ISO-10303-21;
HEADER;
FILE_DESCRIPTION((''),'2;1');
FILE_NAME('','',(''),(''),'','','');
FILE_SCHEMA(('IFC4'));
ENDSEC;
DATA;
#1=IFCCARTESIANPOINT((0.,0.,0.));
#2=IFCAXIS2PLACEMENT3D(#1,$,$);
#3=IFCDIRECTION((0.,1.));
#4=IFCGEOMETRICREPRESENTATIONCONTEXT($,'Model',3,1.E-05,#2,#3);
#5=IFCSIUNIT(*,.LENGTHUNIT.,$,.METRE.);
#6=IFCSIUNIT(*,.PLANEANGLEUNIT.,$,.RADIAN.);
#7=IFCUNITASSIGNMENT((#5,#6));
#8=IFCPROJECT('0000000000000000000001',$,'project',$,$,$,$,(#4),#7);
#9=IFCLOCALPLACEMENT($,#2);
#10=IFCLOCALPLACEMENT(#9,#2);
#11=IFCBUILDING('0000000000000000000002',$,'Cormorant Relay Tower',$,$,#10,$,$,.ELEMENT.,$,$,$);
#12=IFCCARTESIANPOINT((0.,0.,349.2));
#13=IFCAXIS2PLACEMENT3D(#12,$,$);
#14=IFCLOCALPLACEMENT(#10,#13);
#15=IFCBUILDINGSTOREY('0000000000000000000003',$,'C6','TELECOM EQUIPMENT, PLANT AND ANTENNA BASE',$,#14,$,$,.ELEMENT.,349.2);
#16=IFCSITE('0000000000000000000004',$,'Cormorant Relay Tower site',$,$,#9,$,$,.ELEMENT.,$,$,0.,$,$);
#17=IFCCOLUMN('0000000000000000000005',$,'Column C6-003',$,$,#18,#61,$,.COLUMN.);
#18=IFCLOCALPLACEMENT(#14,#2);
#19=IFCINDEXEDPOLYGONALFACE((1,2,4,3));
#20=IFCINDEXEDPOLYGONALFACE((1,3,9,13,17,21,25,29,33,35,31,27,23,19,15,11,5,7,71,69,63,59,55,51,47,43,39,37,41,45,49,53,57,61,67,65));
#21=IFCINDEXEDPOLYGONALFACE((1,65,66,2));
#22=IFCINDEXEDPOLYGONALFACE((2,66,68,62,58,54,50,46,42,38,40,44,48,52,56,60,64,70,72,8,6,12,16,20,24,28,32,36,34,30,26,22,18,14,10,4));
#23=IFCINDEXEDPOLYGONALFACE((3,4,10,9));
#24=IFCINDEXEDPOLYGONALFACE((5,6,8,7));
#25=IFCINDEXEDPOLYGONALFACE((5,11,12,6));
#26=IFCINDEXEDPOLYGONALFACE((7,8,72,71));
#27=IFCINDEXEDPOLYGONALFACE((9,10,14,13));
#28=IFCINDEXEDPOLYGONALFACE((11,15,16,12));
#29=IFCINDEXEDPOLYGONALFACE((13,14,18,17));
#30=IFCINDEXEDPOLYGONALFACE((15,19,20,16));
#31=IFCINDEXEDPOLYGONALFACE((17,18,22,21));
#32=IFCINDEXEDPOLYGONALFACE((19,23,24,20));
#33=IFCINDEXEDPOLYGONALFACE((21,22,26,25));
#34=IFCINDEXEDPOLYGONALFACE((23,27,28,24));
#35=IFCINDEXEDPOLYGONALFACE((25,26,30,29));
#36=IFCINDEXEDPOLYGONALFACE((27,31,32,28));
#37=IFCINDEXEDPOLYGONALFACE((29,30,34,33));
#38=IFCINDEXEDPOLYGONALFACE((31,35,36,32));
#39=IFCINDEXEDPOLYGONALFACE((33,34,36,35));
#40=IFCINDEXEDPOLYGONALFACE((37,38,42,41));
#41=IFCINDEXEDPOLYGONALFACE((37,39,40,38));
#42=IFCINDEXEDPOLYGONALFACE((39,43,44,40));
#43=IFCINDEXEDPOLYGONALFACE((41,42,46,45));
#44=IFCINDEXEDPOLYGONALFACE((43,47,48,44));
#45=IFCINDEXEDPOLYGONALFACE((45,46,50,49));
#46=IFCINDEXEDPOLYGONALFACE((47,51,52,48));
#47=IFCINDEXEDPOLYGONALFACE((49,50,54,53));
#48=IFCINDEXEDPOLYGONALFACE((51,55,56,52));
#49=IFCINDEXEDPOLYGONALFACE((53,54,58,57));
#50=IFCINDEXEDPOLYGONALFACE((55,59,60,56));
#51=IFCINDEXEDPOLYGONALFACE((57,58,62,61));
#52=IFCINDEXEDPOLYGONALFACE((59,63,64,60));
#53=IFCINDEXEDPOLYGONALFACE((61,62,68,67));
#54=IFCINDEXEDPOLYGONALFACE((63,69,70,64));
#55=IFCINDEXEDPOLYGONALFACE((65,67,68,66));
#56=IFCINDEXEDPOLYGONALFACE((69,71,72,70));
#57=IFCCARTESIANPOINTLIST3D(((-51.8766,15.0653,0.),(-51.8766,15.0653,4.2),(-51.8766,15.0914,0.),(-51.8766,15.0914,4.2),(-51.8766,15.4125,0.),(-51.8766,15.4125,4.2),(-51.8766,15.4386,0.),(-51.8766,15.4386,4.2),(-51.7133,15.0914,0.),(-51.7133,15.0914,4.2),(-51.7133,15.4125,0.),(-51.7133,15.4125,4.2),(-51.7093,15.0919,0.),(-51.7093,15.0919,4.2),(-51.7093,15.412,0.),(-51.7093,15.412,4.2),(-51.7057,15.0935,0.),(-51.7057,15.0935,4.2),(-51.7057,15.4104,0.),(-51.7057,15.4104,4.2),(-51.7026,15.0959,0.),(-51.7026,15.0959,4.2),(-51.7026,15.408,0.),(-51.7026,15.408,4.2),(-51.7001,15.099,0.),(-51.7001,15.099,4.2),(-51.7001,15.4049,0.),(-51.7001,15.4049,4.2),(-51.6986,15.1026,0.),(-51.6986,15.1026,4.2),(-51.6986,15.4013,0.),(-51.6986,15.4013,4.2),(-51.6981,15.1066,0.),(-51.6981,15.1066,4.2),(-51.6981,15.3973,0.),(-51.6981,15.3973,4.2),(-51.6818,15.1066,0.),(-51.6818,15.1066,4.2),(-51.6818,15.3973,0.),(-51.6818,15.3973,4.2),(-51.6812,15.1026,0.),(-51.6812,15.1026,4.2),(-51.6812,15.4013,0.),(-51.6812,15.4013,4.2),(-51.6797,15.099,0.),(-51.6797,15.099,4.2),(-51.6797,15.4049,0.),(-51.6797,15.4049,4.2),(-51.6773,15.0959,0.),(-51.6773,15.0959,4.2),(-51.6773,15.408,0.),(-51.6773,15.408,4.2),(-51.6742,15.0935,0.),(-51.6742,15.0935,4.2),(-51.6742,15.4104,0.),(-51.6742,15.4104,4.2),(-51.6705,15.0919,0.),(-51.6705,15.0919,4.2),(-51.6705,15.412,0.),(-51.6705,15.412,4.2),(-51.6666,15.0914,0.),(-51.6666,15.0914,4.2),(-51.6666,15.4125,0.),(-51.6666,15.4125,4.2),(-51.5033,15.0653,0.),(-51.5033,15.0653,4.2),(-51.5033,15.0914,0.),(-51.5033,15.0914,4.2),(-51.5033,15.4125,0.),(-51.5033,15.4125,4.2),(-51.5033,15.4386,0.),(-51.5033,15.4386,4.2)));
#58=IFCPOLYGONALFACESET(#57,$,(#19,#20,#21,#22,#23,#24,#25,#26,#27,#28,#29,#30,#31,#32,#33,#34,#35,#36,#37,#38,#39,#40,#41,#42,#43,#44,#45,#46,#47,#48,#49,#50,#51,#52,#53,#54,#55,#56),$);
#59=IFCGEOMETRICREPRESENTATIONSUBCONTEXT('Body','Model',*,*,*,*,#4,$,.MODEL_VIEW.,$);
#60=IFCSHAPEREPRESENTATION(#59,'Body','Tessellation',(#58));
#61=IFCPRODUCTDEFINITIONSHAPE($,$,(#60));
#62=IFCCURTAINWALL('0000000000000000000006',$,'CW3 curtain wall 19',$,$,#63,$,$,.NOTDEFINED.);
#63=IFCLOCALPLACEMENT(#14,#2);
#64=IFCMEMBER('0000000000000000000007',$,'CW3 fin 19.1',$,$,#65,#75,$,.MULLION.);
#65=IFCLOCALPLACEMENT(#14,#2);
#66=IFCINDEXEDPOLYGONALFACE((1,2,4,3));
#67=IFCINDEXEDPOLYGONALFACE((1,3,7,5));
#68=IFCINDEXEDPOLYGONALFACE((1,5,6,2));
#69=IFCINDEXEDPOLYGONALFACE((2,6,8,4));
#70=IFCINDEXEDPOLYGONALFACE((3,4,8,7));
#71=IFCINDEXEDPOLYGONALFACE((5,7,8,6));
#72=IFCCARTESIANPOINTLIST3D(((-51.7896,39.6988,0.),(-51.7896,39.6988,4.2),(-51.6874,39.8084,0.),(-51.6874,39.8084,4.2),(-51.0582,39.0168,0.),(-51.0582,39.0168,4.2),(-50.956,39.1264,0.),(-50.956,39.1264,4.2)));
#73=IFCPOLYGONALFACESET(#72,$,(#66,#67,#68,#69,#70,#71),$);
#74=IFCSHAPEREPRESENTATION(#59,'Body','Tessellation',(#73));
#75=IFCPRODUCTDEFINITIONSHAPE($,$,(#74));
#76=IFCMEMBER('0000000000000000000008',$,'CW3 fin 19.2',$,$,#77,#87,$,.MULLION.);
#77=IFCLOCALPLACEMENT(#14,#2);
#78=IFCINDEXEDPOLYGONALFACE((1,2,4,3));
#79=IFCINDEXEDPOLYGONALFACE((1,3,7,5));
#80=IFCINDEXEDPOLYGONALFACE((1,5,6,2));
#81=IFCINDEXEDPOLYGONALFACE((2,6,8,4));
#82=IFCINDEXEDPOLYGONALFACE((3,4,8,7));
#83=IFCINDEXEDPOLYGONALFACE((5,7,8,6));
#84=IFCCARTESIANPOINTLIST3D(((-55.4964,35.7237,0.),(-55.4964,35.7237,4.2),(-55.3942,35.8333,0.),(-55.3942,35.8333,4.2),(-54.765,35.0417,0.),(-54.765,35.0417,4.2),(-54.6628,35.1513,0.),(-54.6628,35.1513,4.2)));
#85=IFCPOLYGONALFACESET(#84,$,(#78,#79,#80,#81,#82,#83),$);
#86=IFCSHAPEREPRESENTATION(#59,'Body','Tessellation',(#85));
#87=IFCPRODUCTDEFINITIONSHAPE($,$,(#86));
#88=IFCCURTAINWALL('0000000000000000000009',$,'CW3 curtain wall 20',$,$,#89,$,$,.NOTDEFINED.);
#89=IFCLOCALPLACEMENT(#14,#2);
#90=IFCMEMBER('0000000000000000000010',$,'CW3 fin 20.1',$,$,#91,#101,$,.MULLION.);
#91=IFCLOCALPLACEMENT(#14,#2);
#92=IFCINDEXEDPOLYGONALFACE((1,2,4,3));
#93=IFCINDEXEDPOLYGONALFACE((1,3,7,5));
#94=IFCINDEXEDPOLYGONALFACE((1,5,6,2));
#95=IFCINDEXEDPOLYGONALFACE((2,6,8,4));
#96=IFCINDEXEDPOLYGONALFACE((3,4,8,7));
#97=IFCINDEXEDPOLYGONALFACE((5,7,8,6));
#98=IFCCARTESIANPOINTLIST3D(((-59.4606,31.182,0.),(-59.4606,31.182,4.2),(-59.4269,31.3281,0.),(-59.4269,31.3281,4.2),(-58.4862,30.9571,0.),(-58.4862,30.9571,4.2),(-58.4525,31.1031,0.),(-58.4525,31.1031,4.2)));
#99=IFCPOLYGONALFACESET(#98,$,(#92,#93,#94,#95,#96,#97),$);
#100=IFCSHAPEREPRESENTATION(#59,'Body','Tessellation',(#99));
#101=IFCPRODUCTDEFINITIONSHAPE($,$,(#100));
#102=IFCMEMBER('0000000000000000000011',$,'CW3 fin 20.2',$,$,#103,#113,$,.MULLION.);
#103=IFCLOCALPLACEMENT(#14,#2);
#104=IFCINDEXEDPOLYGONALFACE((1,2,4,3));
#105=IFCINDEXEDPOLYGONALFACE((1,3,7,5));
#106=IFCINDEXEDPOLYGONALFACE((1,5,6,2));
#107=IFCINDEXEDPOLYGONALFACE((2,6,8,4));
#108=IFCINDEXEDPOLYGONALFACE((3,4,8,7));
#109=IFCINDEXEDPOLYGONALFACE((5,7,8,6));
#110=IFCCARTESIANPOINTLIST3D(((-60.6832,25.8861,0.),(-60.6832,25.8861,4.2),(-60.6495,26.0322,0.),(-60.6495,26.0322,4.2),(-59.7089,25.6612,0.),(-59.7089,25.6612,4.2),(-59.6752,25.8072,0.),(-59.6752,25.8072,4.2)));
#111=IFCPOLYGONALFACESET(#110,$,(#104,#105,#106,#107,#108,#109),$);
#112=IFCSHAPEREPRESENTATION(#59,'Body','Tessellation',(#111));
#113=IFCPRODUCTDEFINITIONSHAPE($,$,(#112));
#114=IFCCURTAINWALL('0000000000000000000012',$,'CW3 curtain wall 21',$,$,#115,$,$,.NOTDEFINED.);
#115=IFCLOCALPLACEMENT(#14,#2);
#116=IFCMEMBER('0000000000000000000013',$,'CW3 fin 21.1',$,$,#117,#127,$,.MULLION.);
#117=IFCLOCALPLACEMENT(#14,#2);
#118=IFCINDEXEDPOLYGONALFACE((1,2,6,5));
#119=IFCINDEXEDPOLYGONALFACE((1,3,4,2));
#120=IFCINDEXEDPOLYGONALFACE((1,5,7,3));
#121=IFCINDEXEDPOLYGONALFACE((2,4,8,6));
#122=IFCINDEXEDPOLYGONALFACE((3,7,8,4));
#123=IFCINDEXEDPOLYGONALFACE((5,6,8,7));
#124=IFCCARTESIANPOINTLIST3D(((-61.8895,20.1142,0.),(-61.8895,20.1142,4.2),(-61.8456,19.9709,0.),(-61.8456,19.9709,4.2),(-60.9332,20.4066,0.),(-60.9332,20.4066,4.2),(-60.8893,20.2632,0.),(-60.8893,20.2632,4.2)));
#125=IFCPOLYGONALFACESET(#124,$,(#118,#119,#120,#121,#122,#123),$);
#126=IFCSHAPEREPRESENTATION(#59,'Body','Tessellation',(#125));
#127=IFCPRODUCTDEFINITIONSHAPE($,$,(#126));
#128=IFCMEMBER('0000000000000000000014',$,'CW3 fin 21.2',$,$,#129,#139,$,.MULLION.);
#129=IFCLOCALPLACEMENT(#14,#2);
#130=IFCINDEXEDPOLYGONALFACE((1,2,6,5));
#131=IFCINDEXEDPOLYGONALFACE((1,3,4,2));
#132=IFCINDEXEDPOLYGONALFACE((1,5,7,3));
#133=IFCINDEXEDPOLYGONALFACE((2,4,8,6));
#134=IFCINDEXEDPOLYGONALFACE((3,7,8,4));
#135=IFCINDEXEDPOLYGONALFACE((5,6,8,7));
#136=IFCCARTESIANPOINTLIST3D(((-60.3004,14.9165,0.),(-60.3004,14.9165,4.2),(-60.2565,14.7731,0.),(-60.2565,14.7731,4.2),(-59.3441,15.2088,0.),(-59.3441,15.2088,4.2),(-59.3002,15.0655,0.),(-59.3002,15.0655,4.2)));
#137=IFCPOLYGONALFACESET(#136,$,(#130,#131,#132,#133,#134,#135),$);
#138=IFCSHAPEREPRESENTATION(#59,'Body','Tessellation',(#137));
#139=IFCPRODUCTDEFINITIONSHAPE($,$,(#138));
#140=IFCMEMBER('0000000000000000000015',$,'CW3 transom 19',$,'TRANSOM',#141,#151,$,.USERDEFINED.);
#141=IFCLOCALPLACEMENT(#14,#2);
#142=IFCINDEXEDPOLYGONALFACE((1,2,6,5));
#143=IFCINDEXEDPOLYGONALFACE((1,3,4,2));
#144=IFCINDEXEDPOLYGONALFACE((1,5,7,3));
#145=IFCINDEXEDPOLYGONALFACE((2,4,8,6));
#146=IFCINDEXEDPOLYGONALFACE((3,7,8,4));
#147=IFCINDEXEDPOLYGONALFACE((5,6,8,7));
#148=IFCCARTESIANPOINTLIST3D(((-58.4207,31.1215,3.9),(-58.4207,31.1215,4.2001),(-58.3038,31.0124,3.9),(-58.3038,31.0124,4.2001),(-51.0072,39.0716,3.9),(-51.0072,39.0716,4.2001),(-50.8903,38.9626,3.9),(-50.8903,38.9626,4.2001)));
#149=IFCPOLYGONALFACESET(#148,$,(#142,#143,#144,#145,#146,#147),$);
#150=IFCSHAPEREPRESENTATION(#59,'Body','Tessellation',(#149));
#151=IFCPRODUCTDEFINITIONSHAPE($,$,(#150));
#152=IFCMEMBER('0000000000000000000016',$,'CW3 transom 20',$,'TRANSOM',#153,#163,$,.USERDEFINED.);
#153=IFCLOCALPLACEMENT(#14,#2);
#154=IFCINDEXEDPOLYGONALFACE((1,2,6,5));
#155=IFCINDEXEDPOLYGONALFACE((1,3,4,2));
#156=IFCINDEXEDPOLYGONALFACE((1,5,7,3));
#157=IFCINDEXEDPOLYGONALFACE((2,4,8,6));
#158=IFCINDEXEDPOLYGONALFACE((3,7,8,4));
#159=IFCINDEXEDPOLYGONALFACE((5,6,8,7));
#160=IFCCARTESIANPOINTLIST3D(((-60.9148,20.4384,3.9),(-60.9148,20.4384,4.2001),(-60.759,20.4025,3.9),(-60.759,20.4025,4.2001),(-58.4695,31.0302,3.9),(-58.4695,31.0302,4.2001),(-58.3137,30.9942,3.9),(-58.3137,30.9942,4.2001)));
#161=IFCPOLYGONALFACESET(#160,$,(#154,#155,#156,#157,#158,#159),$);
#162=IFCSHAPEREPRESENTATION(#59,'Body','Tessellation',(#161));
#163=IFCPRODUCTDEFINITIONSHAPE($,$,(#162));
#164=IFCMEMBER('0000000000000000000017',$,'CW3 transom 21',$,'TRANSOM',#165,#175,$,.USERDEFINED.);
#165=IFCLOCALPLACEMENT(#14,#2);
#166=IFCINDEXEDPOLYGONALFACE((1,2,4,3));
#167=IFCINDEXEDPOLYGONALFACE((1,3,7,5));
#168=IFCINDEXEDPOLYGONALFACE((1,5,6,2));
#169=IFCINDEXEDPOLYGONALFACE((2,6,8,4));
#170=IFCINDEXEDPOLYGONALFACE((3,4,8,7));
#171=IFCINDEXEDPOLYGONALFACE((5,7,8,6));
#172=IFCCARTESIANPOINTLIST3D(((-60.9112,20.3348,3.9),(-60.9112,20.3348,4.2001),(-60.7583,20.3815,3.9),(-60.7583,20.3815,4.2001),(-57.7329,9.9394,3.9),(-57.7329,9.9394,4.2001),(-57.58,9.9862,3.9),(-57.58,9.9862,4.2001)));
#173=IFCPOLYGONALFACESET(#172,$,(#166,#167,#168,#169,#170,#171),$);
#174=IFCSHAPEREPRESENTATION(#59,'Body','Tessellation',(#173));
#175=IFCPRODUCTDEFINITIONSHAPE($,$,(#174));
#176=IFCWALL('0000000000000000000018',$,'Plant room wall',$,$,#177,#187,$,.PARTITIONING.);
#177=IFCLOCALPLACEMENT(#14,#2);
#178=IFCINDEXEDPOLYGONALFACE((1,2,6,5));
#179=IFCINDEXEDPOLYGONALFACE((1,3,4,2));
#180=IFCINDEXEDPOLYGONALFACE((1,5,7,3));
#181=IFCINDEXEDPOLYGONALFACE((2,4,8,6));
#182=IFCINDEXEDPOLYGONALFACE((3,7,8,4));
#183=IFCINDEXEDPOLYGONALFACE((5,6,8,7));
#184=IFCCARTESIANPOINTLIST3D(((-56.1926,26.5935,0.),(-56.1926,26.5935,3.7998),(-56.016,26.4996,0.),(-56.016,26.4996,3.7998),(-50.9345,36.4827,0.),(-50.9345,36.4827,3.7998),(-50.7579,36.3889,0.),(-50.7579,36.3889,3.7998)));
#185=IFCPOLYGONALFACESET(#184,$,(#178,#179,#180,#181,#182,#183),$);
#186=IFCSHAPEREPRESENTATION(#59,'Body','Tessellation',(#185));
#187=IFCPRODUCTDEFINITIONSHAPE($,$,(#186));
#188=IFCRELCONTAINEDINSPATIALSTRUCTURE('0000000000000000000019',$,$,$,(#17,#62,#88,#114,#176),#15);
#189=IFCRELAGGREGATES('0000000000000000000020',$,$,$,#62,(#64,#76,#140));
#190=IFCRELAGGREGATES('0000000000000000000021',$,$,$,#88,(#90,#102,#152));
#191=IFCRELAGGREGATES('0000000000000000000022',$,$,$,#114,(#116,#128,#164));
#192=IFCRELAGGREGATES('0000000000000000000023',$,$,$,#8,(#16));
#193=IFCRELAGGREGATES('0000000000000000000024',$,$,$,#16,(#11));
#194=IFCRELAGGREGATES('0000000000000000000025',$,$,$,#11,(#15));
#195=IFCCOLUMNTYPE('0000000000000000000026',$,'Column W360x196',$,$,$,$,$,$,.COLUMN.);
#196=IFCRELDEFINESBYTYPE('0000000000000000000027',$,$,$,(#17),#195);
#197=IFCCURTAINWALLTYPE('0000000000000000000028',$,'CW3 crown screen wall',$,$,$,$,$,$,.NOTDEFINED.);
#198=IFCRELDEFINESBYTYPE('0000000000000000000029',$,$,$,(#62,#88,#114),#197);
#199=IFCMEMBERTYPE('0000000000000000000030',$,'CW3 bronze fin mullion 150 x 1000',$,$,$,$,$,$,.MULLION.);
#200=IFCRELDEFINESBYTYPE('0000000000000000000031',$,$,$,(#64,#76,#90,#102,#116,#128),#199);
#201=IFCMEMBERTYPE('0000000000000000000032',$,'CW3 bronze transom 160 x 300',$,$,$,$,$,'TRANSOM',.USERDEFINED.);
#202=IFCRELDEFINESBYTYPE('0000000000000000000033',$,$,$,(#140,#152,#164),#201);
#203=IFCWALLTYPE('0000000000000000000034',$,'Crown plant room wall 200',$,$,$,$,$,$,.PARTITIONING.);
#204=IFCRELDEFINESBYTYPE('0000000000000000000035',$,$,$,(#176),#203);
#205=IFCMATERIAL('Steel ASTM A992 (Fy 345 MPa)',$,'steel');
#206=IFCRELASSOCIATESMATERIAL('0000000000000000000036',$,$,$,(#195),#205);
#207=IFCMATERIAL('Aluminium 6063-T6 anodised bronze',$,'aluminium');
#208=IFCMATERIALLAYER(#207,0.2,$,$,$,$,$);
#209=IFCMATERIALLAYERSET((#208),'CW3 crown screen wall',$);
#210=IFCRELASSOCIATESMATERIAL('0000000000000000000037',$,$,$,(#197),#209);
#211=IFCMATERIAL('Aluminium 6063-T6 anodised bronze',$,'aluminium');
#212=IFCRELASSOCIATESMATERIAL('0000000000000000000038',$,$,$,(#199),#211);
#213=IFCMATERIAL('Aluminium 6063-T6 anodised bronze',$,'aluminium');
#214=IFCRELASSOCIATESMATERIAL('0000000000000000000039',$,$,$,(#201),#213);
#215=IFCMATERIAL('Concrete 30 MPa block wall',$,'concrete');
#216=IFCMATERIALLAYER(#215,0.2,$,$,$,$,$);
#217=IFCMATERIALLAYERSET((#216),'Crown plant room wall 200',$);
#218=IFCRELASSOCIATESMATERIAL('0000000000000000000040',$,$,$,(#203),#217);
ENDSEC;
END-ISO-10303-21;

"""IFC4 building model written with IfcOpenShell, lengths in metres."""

from ifc_helpers import new_model, si_unit, direction, frame, frame_2d, origin, origin_2d, place, context, subcontext, project, spatial, rectangle, i_section, extrude, material, layer, layer_set, material_profile, profile_set, type_object, element, aggregate, save


model = new_model("IFC4")

# Units and contexts
model_context = context("Model", 3, precision=1e-05, world=origin(), true_north=direction((0.0, 1.0)))
body_context = subcontext(model_context, "Body", "Model", "MODEL_VIEW")
ifc_project = project(units=[si_unit("LENGTHUNIT", "METRE"), si_unit("PLANEANGLEUNIT", "RADIAN")], contexts=[model_context])

# Site, building, storey
site_placement = place(None, origin())
site = spatial("IfcSite", under=ifc_project, at=site_placement, Name="Cormorant Relay Tower site", CompositionType="ELEMENT", RefElevation=0.0)
building_placement = place(site_placement, origin())
building = spatial("IfcBuilding", under=site, at=building_placement, Name="Cormorant Relay Tower", CompositionType="ELEMENT")
storey_placement = place(building_placement, frame((0.0, 0.0, 349.2)))
storey = spatial("IfcBuildingStorey", under=building, at=storey_placement, Name="C6", Description="TELECOM EQUIPMENT, PLANT AND ANTENNA BASE", CompositionType="ELEMENT", Elevation=349.2)

# Column
ifc_material_1 = material(Name="Steel ASTM A992 (Fy 345 MPa)", Category="steel")
ifc_material_profile_1 = material_profile(ifc_material_1, i_section(OverallWidth=0.3733, OverallDepth=0.3733, WebThickness=0.0164, FlangeThickness=0.0261, FilletRadius=0.0151, at=origin_2d()), Name="W360x196")
ifc_profile_set_1 = profile_set([ifc_material_profile_1], Name="Steel ASTM A992 (Fy 345 MPa)")
column_type = type_object("IfcColumnType", Name="Column W360x196", PredefinedType="COLUMN", material=ifc_profile_set_1)
column_placement = place(storey_placement, frame((-51.6899, 15.252, 0.0), z_axis=(0.0, 0.0, 1.0), x_axis=(1.0, 0.0, 0.0)))
element("IfcColumn", 1, at=column_placement, inside=storey, type_object=column_type, Name="Column C6-003", PredefinedType="COLUMN", context=body_context, shape_type="SweptSolid", body=[
    extrude(i_section(OverallWidth=0.3733, OverallDepth=0.3733, WebThickness=0.0164, FlangeThickness=0.0261, FilletRadius=0.0151, at=origin_2d()), origin(), (0.0, 0.0, 1.0), 4.2),
])

# Curtain walls, members
ifc_material_2 = material(Name="Aluminium 6063-T6 anodised bronze", Category="aluminium")
ifc_layer_1 = layer(ifc_material_2, 0.2)
ifc_layer_set_1 = layer_set([ifc_layer_1], Name="CW3 crown screen wall")
curtain_wall_type = type_object("IfcCurtainWallType", Name="CW3 crown screen wall", PredefinedType="NOTDEFINED", material=ifc_layer_set_1)
curtain_wall_1_placement = place(storey_placement, origin())
curtain_wall_1 = element("IfcCurtainWall", 2, at=curtain_wall_1_placement, inside=storey, type_object=curtain_wall_type, Name="CW3 curtain wall 19", PredefinedType="NOTDEFINED")
ifc_material_3 = material(Name="Aluminium 6063-T6 anodised bronze", Category="aluminium")
ifc_material_profile_2 = material_profile(ifc_material_3, rectangle(XDim=0.1499, YDim=1.0, at=origin_2d()), Name="AL 150x1000")
ifc_profile_set_2 = profile_set([ifc_material_profile_2], Name="Aluminium 6063-T6 anodised bronze")
member_type_1 = type_object("IfcMemberType", Name="CW3 bronze fin mullion 150 x 1000", PredefinedType="MULLION", material=ifc_profile_set_2)
member_1_placement = place(storey_placement, frame((-51.3728, 39.4126, 0.0), z_axis=(0.0, 0.0, 1.0), x_axis=(-0.681998, -0.731354, 0.0)))
member_1 = element("IfcMember", 3, at=member_1_placement, type_object=member_type_1, Name="CW3 fin 19.1", PredefinedType="MULLION", context=body_context, shape_type="SweptSolid", body=[
    extrude(rectangle(XDim=0.1499, YDim=1.0, at=origin_2d()), origin(), (0.0, 0.0, 1.0), 4.2),
])
member_2_placement = place(storey_placement, frame((-55.0796, 35.4375, 0.0), z_axis=(0.0, 0.0, 1.0), x_axis=(-0.681998, -0.731354, 0.0)))
member_2 = element("IfcMember", 4, at=member_2_placement, type_object=member_type_1, Name="CW3 fin 19.2", PredefinedType="MULLION", context=body_context, shape_type="SweptSolid", body=[
    extrude(rectangle(XDim=0.1499, YDim=1.0, at=origin_2d()), origin(), (0.0, 0.0, 1.0), 4.2),
])
curtain_wall_2_placement = place(storey_placement, origin())
curtain_wall_2 = element("IfcCurtainWall", 5, at=curtain_wall_2_placement, inside=storey, type_object=curtain_wall_type, Name="CW3 curtain wall 20", PredefinedType="NOTDEFINED")
member_3_placement = place(storey_placement, frame((-58.9565, 31.1426, 0.0), z_axis=(0.0, 0.0, 1.0), x_axis=(-0.224951, -0.97437, 0.0)))
member_3 = element("IfcMember", 6, at=member_3_placement, type_object=member_type_1, Name="CW3 fin 20.1", PredefinedType="MULLION", context=body_context, shape_type="SweptSolid", body=[
    extrude(rectangle(XDim=0.1499, YDim=1.0, at=origin_2d()), origin(), (0.0, 0.0, 1.0), 4.2),
])
member_4_placement = place(storey_placement, frame((-60.1792, 25.8467, 0.0), z_axis=(0.0, 0.0, 1.0), x_axis=(-0.224951, -0.97437, 0.0)))
member_4 = element("IfcMember", 7, at=member_4_placement, type_object=member_type_1, Name="CW3 fin 20.2", PredefinedType="MULLION", context=body_context, shape_type="SweptSolid", body=[
    extrude(rectangle(XDim=0.1499, YDim=1.0, at=origin_2d()), origin(), (0.0, 0.0, 1.0), 4.2),
])
curtain_wall_3_placement = place(storey_placement, origin())
curtain_wall_3 = element("IfcCurtainWall", 8, at=curtain_wall_3_placement, inside=storey, type_object=curtain_wall_type, Name="CW3 curtain wall 21", PredefinedType="NOTDEFINED")
member_5_placement = place(storey_placement, frame((-61.3894, 20.1887, 0.0), z_axis=(0.0, 0.0, 1.0), x_axis=(0.292372, -0.956305, 0.0)))
member_5 = element("IfcMember", 9, at=member_5_placement, type_object=member_type_1, Name="CW3 fin 21.1", PredefinedType="MULLION", context=body_context, shape_type="SweptSolid", body=[
    extrude(rectangle(XDim=0.1499, YDim=1.0, at=origin_2d()), origin(), (0.0, 0.0, 1.0), 4.2),
])
member_6_placement = place(storey_placement, frame((-59.8003, 14.991, 0.0), z_axis=(0.0, 0.0, 1.0), x_axis=(0.292372, -0.956305, 0.0)))
member_6 = element("IfcMember", 10, at=member_6_placement, type_object=member_type_1, Name="CW3 fin 21.2", PredefinedType="MULLION", context=body_context, shape_type="SweptSolid", body=[
    extrude(rectangle(XDim=0.1499, YDim=1.0, at=origin_2d()), origin(), (0.0, 0.0, 1.0), 4.2),
])

# Members
ifc_material_4 = material(Name="Aluminium 6063-T6 anodised bronze", Category="aluminium")
ifc_material_profile_3 = material_profile(ifc_material_4, rectangle(XDim=0.1599, YDim=0.3, at=origin_2d()), Name="AL 160x300")
ifc_profile_set_3 = profile_set([ifc_material_profile_3], Name="Aluminium 6063-T6 anodised bronze")
member_type_2 = type_object("IfcMemberType", Name="CW3 bronze transom 160 x 300", ElementType="TRANSOM", PredefinedType="USERDEFINED", material=ifc_profile_set_3)
member_7_placement = place(storey_placement, frame((-50.9487, 39.0171, 4.05), z_axis=(-0.681993, -0.731358, 0.0), x_axis=(0.731358, -0.681993, 0.0)))
member_7 = element("IfcMember", 11, at=member_7_placement, type_object=member_type_2, Name="CW3 transom 19", ObjectType="TRANSOM", PredefinedType="USERDEFINED", context=body_context, shape_type="SweptSolid", body=[
    extrude(rectangle(XDim=0.1599, YDim=0.3, at=origin_2d()), origin(), (0.0, 0.0, 1.0), 10.8704),
])
member_8_placement = place(storey_placement, frame((-58.3916, 31.0122, 4.05), z_axis=(-0.224951, -0.97437, 0.0), x_axis=(0.97437, -0.224951, 0.0)))
member_8 = element("IfcMember", 12, at=member_8_placement, type_object=member_type_2, Name="CW3 transom 20", ObjectType="TRANSOM", PredefinedType="USERDEFINED", context=body_context, shape_type="SweptSolid", body=[
    extrude(rectangle(XDim=0.1599, YDim=0.3, at=origin_2d()), origin(), (0.0, 0.0, 1.0), 10.8704),
])
member_9_placement = place(storey_placement, frame((-60.8347, 20.3582, 4.05), z_axis=(0.292378, -0.956303, 0.0), x_axis=(0.956303, 0.292378, 0.0)))
member_9 = element("IfcMember", 13, at=member_9_placement, type_object=member_type_2, Name="CW3 transom 21", ObjectType="TRANSOM", PredefinedType="USERDEFINED", context=body_context, shape_type="SweptSolid", body=[
    extrude(rectangle(XDim=0.1599, YDim=0.3, at=origin_2d()), origin(), (0.0, 0.0, 1.0), 10.8704),
])

# Wall
ifc_material_5 = material(Name="Concrete 30 MPa block wall", Category="concrete")
ifc_layer_2 = layer(ifc_material_5, 0.2)
ifc_layer_set_2 = layer_set([ifc_layer_2], Name="Crown plant room wall 200")
wall_type_1 = type_object("IfcWallType", Name="Crown plant room wall 200", PredefinedType="PARTITIONING", material=ifc_layer_set_2)
wall_1_placement = place(storey_placement, frame((-50.8462, 36.4358, 0.0), z_axis=(0.0, 0.0, 1.0), x_axis=(-0.469464, -0.882951, 0.0)))
element("IfcWall", 14, at=wall_1_placement, inside=storey, type_object=wall_type_1, Name="Plant room wall", PredefinedType="PARTITIONING", context=body_context, shape_type="SweptSolid", body=[
    extrude(rectangle(XDim=11.2002, YDim=0.2, at=frame_2d((5.6001, 0.0))), origin(), (0.0, 0.0, 1.0), 3.7998),
])

aggregate(curtain_wall_1, [member_1, member_2, member_7])
aggregate(curtain_wall_2, [member_3, member_4, member_8])
aggregate(curtain_wall_3, [member_5, member_6, member_9])

save(model, "model.ifc")
